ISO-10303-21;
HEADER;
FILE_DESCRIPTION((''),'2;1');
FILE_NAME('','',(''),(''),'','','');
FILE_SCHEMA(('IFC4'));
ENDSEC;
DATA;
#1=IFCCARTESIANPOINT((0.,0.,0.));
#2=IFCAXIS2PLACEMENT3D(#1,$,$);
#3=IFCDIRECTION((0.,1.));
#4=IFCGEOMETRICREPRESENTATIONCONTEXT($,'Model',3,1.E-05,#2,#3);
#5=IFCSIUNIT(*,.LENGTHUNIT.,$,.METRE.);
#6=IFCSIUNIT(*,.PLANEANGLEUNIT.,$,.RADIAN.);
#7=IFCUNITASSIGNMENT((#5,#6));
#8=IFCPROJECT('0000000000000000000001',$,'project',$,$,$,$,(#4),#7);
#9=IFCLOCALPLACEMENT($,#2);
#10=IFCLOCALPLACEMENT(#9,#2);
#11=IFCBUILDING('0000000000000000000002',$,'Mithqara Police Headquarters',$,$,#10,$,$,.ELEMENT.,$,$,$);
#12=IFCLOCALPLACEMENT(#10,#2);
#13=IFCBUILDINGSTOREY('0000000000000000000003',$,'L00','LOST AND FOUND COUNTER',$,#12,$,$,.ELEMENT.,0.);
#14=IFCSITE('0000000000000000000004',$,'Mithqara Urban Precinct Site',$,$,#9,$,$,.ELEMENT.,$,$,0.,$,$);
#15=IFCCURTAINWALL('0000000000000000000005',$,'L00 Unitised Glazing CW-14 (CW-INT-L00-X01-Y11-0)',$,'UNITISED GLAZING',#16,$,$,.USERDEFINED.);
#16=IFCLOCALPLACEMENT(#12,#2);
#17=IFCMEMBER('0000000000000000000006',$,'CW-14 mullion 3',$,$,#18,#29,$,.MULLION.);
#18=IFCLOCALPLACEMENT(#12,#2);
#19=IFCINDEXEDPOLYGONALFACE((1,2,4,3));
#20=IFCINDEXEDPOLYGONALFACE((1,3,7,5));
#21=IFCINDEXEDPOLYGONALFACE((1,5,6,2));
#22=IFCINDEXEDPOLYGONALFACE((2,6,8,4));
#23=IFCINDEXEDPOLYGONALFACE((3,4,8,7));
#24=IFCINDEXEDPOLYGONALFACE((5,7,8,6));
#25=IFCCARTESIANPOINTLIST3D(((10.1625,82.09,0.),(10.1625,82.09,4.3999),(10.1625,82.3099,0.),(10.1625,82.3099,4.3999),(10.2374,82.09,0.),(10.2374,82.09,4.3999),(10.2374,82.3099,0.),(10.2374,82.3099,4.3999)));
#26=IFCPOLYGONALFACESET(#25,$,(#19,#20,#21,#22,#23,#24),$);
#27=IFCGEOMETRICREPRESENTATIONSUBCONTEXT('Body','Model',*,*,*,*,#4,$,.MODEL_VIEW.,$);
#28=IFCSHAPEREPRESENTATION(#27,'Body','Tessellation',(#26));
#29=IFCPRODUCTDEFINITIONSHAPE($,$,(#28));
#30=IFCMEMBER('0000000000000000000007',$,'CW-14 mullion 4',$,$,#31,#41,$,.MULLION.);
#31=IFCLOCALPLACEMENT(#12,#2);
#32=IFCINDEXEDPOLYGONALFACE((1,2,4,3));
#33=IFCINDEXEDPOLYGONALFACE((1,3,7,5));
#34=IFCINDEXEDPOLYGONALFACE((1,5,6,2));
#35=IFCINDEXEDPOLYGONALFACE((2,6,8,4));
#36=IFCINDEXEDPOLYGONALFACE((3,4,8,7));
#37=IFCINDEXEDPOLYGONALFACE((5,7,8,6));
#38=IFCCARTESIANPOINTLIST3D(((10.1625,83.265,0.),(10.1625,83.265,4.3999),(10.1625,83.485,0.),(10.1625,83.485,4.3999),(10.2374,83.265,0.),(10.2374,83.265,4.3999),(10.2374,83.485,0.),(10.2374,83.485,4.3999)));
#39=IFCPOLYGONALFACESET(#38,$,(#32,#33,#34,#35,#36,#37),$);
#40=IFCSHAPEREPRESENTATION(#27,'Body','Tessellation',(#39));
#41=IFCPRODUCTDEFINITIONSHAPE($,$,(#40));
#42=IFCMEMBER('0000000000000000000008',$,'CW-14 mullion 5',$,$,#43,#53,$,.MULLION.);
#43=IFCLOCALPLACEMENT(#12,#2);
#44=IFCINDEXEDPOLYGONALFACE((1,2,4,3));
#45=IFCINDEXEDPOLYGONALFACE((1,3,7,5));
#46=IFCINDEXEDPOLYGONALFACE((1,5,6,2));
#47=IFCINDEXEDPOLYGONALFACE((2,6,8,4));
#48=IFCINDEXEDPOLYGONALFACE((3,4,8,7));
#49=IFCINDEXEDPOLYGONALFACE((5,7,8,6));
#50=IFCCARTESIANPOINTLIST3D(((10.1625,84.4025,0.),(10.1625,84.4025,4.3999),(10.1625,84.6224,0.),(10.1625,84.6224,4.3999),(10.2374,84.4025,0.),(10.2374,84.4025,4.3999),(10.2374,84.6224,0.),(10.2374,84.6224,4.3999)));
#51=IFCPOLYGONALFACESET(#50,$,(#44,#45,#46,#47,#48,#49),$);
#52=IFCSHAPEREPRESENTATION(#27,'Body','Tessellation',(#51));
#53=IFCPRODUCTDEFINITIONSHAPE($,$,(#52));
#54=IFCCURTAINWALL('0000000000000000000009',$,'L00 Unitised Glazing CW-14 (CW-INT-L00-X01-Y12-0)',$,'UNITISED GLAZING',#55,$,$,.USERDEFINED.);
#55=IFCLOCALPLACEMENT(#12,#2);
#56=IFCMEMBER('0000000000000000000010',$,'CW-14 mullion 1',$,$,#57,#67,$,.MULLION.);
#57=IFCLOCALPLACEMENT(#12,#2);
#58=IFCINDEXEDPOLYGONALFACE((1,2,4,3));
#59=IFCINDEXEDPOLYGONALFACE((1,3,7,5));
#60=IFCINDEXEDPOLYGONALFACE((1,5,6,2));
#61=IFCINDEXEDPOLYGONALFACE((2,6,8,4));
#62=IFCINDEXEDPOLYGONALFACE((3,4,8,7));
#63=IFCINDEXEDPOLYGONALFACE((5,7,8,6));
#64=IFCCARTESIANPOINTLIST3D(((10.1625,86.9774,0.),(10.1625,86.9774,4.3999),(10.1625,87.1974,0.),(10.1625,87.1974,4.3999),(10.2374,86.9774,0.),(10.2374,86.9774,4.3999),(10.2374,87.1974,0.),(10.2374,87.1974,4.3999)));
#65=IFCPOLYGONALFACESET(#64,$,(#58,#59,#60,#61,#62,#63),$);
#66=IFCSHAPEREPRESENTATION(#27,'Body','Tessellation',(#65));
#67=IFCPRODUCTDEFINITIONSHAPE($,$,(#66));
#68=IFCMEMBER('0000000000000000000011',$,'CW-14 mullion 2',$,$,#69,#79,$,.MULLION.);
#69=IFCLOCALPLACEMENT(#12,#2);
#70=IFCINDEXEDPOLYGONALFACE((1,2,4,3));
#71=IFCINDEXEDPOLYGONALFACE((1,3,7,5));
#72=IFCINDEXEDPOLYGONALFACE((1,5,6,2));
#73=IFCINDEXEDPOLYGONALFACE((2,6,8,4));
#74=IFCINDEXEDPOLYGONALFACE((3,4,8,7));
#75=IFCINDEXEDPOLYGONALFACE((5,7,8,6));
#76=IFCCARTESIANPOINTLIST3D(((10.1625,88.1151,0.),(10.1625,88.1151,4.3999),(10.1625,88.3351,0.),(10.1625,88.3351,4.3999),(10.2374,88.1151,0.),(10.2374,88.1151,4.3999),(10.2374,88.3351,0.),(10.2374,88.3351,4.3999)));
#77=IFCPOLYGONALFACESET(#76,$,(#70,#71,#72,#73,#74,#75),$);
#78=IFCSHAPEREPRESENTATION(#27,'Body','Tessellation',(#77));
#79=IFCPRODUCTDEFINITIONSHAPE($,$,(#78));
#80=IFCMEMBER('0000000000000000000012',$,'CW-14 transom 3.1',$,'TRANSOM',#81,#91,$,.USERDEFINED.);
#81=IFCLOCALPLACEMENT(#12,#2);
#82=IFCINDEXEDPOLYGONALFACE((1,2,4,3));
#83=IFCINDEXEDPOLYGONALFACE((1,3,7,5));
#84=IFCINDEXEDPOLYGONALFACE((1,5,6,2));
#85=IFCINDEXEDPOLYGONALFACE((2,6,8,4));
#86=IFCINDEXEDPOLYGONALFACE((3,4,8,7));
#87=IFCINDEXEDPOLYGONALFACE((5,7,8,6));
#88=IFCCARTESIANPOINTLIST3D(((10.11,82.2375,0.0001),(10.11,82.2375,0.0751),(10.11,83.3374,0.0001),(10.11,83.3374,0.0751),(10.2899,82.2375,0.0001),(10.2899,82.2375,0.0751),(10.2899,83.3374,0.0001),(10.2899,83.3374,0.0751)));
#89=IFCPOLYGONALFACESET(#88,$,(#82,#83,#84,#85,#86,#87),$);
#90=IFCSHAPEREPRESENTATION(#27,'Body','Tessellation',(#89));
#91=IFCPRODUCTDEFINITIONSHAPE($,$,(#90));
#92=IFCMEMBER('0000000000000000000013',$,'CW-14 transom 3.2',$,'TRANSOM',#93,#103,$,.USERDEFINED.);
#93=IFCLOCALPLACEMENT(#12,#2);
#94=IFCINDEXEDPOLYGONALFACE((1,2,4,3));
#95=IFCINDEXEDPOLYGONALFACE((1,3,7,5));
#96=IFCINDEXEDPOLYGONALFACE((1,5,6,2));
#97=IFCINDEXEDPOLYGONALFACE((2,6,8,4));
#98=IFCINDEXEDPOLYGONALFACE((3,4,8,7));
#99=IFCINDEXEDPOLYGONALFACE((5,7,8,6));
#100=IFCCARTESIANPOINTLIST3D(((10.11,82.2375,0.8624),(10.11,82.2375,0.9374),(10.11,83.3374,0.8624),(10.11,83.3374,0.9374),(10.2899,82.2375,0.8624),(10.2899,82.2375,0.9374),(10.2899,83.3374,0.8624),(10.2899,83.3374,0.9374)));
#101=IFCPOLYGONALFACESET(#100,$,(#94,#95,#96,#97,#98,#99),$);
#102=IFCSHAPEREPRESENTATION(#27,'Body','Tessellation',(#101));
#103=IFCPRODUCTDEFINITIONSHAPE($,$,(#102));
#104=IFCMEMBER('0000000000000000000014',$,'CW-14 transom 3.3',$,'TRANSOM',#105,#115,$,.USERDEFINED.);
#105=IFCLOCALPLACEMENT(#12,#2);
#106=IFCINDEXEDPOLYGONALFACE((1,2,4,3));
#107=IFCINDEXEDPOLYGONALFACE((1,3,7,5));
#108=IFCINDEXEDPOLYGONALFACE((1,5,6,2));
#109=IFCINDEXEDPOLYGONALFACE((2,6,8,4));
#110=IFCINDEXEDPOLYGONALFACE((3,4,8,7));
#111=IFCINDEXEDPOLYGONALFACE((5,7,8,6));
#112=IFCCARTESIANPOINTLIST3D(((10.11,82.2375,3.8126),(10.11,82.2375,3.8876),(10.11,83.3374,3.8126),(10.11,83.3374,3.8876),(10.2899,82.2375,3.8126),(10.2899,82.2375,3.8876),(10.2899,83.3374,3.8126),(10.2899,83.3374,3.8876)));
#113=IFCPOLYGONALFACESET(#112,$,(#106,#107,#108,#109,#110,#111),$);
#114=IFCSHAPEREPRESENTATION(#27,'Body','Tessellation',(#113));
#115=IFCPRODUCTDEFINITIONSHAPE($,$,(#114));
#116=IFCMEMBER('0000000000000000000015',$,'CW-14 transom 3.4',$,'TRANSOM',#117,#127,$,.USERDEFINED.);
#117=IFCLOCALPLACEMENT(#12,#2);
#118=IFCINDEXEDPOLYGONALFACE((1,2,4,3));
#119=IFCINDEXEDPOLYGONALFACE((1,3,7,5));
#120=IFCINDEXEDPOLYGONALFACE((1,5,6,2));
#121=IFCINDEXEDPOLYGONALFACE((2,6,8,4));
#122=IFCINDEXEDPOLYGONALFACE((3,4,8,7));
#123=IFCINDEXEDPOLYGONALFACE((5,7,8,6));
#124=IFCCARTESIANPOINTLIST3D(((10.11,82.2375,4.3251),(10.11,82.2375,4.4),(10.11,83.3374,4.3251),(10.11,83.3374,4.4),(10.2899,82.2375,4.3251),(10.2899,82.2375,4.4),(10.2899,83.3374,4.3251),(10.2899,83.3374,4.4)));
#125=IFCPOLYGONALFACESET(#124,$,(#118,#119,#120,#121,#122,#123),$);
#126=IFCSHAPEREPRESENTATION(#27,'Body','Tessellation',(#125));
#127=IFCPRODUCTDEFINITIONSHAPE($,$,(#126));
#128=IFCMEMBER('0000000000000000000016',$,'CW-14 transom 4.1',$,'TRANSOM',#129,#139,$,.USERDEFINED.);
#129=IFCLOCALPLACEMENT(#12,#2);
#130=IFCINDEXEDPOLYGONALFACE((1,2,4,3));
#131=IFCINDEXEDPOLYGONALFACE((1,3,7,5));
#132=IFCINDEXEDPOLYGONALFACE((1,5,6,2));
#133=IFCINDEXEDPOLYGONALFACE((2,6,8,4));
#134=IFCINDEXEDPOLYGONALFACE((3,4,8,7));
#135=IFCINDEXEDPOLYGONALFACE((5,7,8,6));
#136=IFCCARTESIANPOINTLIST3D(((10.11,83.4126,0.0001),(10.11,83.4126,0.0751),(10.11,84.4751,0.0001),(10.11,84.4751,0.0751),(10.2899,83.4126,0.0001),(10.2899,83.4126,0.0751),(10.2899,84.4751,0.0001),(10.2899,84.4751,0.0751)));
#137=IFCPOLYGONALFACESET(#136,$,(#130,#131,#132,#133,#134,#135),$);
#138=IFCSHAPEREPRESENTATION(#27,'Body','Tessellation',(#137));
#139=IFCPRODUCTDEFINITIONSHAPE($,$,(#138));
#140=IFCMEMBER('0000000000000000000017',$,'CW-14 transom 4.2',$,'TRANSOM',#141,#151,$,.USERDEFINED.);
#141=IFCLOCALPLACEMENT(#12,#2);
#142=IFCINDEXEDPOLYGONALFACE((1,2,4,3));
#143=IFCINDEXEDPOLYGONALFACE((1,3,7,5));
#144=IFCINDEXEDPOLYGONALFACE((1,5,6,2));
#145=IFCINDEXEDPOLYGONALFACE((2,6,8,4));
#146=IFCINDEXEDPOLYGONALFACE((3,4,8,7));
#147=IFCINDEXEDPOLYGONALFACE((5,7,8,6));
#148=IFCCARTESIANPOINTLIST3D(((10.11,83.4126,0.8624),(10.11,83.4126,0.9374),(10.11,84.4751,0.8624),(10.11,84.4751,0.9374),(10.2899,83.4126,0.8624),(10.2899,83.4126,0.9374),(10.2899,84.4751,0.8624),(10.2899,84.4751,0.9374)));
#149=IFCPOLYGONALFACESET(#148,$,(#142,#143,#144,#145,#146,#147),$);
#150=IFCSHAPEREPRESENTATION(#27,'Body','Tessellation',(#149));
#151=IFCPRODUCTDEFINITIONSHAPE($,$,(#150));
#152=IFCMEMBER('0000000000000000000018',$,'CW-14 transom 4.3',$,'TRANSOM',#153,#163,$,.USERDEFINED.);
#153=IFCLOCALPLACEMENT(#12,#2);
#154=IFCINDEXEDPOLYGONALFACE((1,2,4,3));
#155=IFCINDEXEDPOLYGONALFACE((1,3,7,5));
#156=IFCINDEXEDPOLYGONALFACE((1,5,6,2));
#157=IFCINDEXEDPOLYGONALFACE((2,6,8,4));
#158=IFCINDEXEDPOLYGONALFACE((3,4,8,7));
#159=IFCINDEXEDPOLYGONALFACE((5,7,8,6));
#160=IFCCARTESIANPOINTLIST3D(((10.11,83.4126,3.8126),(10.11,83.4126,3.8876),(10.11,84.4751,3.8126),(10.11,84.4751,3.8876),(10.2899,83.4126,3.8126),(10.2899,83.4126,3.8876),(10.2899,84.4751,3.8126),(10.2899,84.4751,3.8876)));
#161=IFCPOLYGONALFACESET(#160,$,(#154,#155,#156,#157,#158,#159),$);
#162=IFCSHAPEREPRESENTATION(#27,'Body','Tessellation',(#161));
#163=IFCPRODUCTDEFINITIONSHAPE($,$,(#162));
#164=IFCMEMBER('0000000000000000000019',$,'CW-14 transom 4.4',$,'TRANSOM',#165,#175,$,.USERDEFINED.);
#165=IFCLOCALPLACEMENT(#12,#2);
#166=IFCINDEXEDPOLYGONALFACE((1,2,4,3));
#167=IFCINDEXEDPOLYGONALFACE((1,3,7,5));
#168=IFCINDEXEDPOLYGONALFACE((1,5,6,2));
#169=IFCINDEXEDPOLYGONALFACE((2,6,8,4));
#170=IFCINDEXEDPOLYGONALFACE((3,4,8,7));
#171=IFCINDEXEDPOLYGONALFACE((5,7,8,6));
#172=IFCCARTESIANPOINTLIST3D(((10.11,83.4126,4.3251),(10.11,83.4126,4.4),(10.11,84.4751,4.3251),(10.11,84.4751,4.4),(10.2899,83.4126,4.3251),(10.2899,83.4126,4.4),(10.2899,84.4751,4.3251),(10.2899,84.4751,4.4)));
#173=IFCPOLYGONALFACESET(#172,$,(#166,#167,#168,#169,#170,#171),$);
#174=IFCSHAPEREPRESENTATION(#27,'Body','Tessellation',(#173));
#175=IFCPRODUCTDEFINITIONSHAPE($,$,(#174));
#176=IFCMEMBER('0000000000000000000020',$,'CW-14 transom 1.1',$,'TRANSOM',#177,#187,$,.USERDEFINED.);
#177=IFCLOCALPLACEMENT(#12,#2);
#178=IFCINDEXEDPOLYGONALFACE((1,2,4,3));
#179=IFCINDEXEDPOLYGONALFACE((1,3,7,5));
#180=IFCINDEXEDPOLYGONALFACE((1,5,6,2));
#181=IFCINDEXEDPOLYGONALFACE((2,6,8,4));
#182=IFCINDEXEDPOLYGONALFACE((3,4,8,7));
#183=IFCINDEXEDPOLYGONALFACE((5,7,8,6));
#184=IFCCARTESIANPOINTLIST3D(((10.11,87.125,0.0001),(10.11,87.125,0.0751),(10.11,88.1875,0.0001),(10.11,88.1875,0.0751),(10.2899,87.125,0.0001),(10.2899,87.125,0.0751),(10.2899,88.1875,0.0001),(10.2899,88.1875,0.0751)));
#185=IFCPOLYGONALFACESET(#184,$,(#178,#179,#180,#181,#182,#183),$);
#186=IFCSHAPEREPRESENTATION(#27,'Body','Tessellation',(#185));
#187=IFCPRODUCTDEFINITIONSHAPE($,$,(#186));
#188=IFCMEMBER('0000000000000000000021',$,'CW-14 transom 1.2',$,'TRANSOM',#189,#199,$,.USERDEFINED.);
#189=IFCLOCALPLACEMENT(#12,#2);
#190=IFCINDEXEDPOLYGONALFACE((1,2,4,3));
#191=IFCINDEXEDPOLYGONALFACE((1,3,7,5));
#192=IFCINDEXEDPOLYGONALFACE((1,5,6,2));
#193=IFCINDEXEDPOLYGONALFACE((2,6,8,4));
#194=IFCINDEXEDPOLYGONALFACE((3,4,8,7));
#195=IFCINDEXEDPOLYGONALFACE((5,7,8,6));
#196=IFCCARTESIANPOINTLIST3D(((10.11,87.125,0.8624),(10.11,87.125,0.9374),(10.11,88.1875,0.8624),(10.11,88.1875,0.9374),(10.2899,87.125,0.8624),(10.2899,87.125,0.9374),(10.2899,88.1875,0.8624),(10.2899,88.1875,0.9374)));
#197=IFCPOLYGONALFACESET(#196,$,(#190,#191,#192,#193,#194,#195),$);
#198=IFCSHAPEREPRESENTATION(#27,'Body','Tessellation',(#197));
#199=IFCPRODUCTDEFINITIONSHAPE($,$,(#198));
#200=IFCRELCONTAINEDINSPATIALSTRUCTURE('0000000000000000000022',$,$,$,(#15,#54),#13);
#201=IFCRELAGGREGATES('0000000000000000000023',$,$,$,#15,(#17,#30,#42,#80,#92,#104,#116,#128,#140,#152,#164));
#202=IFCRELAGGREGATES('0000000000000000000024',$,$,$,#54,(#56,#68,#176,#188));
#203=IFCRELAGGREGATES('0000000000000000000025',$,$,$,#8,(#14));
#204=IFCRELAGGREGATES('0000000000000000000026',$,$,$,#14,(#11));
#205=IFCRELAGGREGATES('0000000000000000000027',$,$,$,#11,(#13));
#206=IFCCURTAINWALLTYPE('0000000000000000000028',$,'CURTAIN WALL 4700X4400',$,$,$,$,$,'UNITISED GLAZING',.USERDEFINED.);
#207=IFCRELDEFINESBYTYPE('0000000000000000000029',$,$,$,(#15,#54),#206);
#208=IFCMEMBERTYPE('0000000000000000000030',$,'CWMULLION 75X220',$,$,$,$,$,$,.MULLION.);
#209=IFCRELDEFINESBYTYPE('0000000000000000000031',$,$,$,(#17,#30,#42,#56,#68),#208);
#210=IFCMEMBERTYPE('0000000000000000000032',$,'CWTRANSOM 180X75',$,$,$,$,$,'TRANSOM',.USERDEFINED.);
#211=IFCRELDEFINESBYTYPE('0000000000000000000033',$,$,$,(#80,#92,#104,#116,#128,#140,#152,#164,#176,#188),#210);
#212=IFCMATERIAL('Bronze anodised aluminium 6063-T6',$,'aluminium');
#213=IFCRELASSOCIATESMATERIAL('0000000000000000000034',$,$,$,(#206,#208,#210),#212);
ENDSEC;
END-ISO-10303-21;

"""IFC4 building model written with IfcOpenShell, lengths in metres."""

from ifc_helpers import new_model, si_unit, direction, frame, origin, origin_2d, place, context, subcontext, project, spatial, rectangle, extrude, material, material_profile, profile_set, type_object, element, aggregate, save


model = new_model("IFC4")

# Units and contexts
model_context = context("Model", 3, precision=1e-05, world=origin(), true_north=direction((0.0, 1.0)))
body_context = subcontext(model_context, "Body", "Model", "MODEL_VIEW")
ifc_project = project(units=[si_unit("LENGTHUNIT", "METRE"), si_unit("PLANEANGLEUNIT", "RADIAN")], contexts=[model_context])

# Site, building, storey
site_placement = place(None, origin())
site = spatial("IfcSite", under=ifc_project, at=site_placement, Name="Mithqara Urban Precinct Site", CompositionType="ELEMENT", RefElevation=0.0)
building_placement = place(site_placement, origin())
building = spatial("IfcBuilding", under=site, at=building_placement, Name="Mithqara Police Headquarters", CompositionType="ELEMENT")
storey_placement = place(building_placement, origin())
storey = spatial("IfcBuildingStorey", under=building, at=storey_placement, Name="L00", Description="LOST AND FOUND COUNTER", CompositionType="ELEMENT", Elevation=0.0)

# Curtain walls, members
ifc_material_1 = material(Name="Bronze anodised aluminium 6063-T6", Category="aluminium")
curtain_wall_type = type_object("IfcCurtainWallType", Name="CURTAIN WALL 4700X4400", ElementType="UNITISED GLAZING", PredefinedType="USERDEFINED", material=ifc_material_1)
curtain_wall_1_placement = place(storey_placement, origin())
curtain_wall_1 = element("IfcCurtainWall", 1, at=curtain_wall_1_placement, inside=storey, type_object=curtain_wall_type, Name="L00 Unitised Glazing CW-14 (CW-INT-L00-X01-Y11-0)", ObjectType="UNITISED GLAZING", PredefinedType="USERDEFINED")
ifc_material_profile_1 = material_profile(ifc_material_1, rectangle(XDim=0.075, YDim=0.22, at=origin_2d()), Name="CWM 75x220")
ifc_profile_set_1 = profile_set([ifc_material_profile_1], Name="Bronze anodised aluminium 6063-T6")
member_type_1 = type_object("IfcMemberType", Name="CWMULLION 75X220", PredefinedType="MULLION", material=ifc_profile_set_1)
member_1_placement = place(storey_placement, frame((10.2, 82.2, 0.0), z_axis=(0.0, 0.0, 1.0), x_axis=(-1.0, 0.0, 0.0)))
member_1 = element("IfcMember", 2, at=member_1_placement, type_object=member_type_1, Name="CW-14 mullion 3", PredefinedType="MULLION", context=body_context, shape_type="SweptSolid", body=[
    extrude(rectangle(XDim=0.075, YDim=0.22, at=origin_2d()), origin(), (0.0, 0.0, 1.0), 4.3999),
])
member_2_placement = place(storey_placement, frame((10.2, 83.375, 0.0), z_axis=(0.0, 0.0, 1.0), x_axis=(-1.0, 0.0, 0.0)))
member_2 = element("IfcMember", 3, at=member_2_placement, type_object=member_type_1, Name="CW-14 mullion 4", PredefinedType="MULLION", context=body_context, shape_type="SweptSolid", body=[
    extrude(rectangle(XDim=0.075, YDim=0.22, at=origin_2d()), origin(), (0.0, 0.0, 1.0), 4.3999),
])
member_3_placement = place(storey_placement, frame((10.2, 84.5125, 0.0), z_axis=(0.0, 0.0, 1.0), x_axis=(-1.0, 0.0, 0.0)))
member_3 = element("IfcMember", 4, at=member_3_placement, type_object=member_type_1, Name="CW-14 mullion 5", PredefinedType="MULLION", context=body_context, shape_type="SweptSolid", body=[
    extrude(rectangle(XDim=0.075, YDim=0.22, at=origin_2d()), origin(), (0.0, 0.0, 1.0), 4.3999),
])
curtain_wall_2_placement = place(storey_placement, origin())
curtain_wall_2 = element("IfcCurtainWall", 5, at=curtain_wall_2_placement, inside=storey, type_object=curtain_wall_type, Name="L00 Unitised Glazing CW-14 (CW-INT-L00-X01-Y12-0)", ObjectType="UNITISED GLAZING", PredefinedType="USERDEFINED")
member_4_placement = place(storey_placement, frame((10.2, 87.0874, 0.0), z_axis=(0.0, 0.0, 1.0), x_axis=(-1.0, 0.0, 0.0)))
member_4 = element("IfcMember", 6, at=member_4_placement, type_object=member_type_1, Name="CW-14 mullion 1", PredefinedType="MULLION", context=body_context, shape_type="SweptSolid", body=[
    extrude(rectangle(XDim=0.075, YDim=0.22, at=origin_2d()), origin(), (0.0, 0.0, 1.0), 4.3999),
])
member_5_placement = place(storey_placement, frame((10.2, 88.2251, 0.0), z_axis=(0.0, 0.0, 1.0), x_axis=(-1.0, 0.0, 0.0)))
member_5 = element("IfcMember", 7, at=member_5_placement, type_object=member_type_1, Name="CW-14 mullion 2", PredefinedType="MULLION", context=body_context, shape_type="SweptSolid", body=[
    extrude(rectangle(XDim=0.075, YDim=0.22, at=origin_2d()), origin(), (0.0, 0.0, 1.0), 4.3999),
])

# Members
ifc_material_profile_2 = material_profile(ifc_material_1, rectangle(XDim=0.1799, YDim=0.075, at=origin_2d()), Name="CWT 180x75")
ifc_profile_set_2 = profile_set([ifc_material_profile_2], Name="Bronze anodised aluminium 6063-T6")
member_type_2 = type_object("IfcMemberType", Name="CWTRANSOM 180X75", ElementType="TRANSOM", PredefinedType="USERDEFINED", material=ifc_profile_set_2)
member_6_placement = place(storey_placement, frame((10.2, 82.2375, 0.0376), z_axis=(0.0, 1.0, 0.0), x_axis=(-1.0, 0.0, 0.0)))
member_6 = element("IfcMember", 8, at=member_6_placement, type_object=member_type_2, Name="CW-14 transom 3.1", ObjectType="TRANSOM", PredefinedType="USERDEFINED", context=body_context, shape_type="SweptSolid", body=[
    extrude(rectangle(XDim=0.1799, YDim=0.075, at=origin_2d()), origin(), (0.0, 0.0, 1.0), 1.0999),
])
member_7_placement = place(storey_placement, frame((10.2, 82.2375, 0.8999), z_axis=(0.0, 1.0, 0.0), x_axis=(-1.0, 0.0, 0.0)))
member_7 = element("IfcMember", 9, at=member_7_placement, type_object=member_type_2, Name="CW-14 transom 3.2", ObjectType="TRANSOM", PredefinedType="USERDEFINED", context=body_context, shape_type="SweptSolid", body=[
    extrude(rectangle(XDim=0.1799, YDim=0.075, at=origin_2d()), origin(), (0.0, 0.0, 1.0), 1.0999),
])
member_8_placement = place(storey_placement, frame((10.2, 82.2375, 3.8501), z_axis=(0.0, 1.0, 0.0), x_axis=(-1.0, 0.0, 0.0)))
member_8 = element("IfcMember", 10, at=member_8_placement, type_object=member_type_2, Name="CW-14 transom 3.3", ObjectType="TRANSOM", PredefinedType="USERDEFINED", context=body_context, shape_type="SweptSolid", body=[
    extrude(rectangle(XDim=0.1799, YDim=0.075, at=origin_2d()), origin(), (0.0, 0.0, 1.0), 1.0999),
])
member_9_placement = place(storey_placement, frame((10.2, 82.2375, 4.3625), z_axis=(0.0, 1.0, 0.0), x_axis=(-1.0, 0.0, 0.0)))
member_9 = element("IfcMember", 11, at=member_9_placement, type_object=member_type_2, Name="CW-14 transom 3.4", ObjectType="TRANSOM", PredefinedType="USERDEFINED", context=body_context, shape_type="SweptSolid", body=[
    extrude(rectangle(XDim=0.1799, YDim=0.075, at=origin_2d()), origin(), (0.0, 0.0, 1.0), 1.0999),
])
member_10_placement = place(storey_placement, frame((10.2, 83.4126, 0.0376), z_axis=(0.0, 1.0, 0.0), x_axis=(-1.0, 0.0, 0.0)))
member_10 = element("IfcMember", 12, at=member_10_placement, type_object=member_type_2, Name="CW-14 transom 4.1", ObjectType="TRANSOM", PredefinedType="USERDEFINED", context=body_context, shape_type="SweptSolid", body=[
    extrude(rectangle(XDim=0.1799, YDim=0.075, at=origin_2d()), origin(), (0.0, 0.0, 1.0), 1.0625),
])
member_11_placement = place(storey_placement, frame((10.2, 83.4126, 0.8999), z_axis=(0.0, 1.0, 0.0), x_axis=(-1.0, 0.0, 0.0)))
member_11 = element("IfcMember", 13, at=member_11_placement, type_object=member_type_2, Name="CW-14 transom 4.2", ObjectType="TRANSOM", PredefinedType="USERDEFINED", context=body_context, shape_type="SweptSolid", body=[
    extrude(rectangle(XDim=0.1799, YDim=0.075, at=origin_2d()), origin(), (0.0, 0.0, 1.0), 1.0625),
])
member_12_placement = place(storey_placement, frame((10.2, 83.4126, 3.8501), z_axis=(0.0, 1.0, 0.0), x_axis=(-1.0, 0.0, 0.0)))
member_12 = element("IfcMember", 14, at=member_12_placement, type_object=member_type_2, Name="CW-14 transom 4.3", ObjectType="TRANSOM", PredefinedType="USERDEFINED", context=body_context, shape_type="SweptSolid", body=[
    extrude(rectangle(XDim=0.1799, YDim=0.075, at=origin_2d()), origin(), (0.0, 0.0, 1.0), 1.0625),
])
member_13_placement = place(storey_placement, frame((10.2, 83.4126, 4.3625), z_axis=(0.0, 1.0, 0.0), x_axis=(-1.0, 0.0, 0.0)))
member_13 = element("IfcMember", 15, at=member_13_placement, type_object=member_type_2, Name="CW-14 transom 4.4", ObjectType="TRANSOM", PredefinedType="USERDEFINED", context=body_context, shape_type="SweptSolid", body=[
    extrude(rectangle(XDim=0.1799, YDim=0.075, at=origin_2d()), origin(), (0.0, 0.0, 1.0), 1.0625),
])
member_14_placement = place(storey_placement, frame((10.2, 87.125, 0.0376), z_axis=(0.0, 1.0, 0.0), x_axis=(-1.0, 0.0, 0.0)))
member_14 = element("IfcMember", 16, at=member_14_placement, type_object=member_type_2, Name="CW-14 transom 1.1", ObjectType="TRANSOM", PredefinedType="USERDEFINED", context=body_context, shape_type="SweptSolid", body=[
    extrude(rectangle(XDim=0.1799, YDim=0.075, at=origin_2d()), origin(), (0.0, 0.0, 1.0), 1.0625),
])
member_15_placement = place(storey_placement, frame((10.2, 87.125, 0.8999), z_axis=(0.0, 1.0, 0.0), x_axis=(-1.0, 0.0, 0.0)))
member_15 = element("IfcMember", 17, at=member_15_placement, type_object=member_type_2, Name="CW-14 transom 1.2", ObjectType="TRANSOM", PredefinedType="USERDEFINED", context=body_context, shape_type="SweptSolid", body=[
    extrude(rectangle(XDim=0.1799, YDim=0.075, at=origin_2d()), origin(), (0.0, 0.0, 1.0), 1.0625),
])

aggregate(curtain_wall_1, [member_1, member_2, member_3, member_6, member_7, member_8, member_9, member_10, member_11, member_12, member_13])
aggregate(curtain_wall_2, [member_4, member_5, member_14, member_15])

save(model, "model.ifc")
